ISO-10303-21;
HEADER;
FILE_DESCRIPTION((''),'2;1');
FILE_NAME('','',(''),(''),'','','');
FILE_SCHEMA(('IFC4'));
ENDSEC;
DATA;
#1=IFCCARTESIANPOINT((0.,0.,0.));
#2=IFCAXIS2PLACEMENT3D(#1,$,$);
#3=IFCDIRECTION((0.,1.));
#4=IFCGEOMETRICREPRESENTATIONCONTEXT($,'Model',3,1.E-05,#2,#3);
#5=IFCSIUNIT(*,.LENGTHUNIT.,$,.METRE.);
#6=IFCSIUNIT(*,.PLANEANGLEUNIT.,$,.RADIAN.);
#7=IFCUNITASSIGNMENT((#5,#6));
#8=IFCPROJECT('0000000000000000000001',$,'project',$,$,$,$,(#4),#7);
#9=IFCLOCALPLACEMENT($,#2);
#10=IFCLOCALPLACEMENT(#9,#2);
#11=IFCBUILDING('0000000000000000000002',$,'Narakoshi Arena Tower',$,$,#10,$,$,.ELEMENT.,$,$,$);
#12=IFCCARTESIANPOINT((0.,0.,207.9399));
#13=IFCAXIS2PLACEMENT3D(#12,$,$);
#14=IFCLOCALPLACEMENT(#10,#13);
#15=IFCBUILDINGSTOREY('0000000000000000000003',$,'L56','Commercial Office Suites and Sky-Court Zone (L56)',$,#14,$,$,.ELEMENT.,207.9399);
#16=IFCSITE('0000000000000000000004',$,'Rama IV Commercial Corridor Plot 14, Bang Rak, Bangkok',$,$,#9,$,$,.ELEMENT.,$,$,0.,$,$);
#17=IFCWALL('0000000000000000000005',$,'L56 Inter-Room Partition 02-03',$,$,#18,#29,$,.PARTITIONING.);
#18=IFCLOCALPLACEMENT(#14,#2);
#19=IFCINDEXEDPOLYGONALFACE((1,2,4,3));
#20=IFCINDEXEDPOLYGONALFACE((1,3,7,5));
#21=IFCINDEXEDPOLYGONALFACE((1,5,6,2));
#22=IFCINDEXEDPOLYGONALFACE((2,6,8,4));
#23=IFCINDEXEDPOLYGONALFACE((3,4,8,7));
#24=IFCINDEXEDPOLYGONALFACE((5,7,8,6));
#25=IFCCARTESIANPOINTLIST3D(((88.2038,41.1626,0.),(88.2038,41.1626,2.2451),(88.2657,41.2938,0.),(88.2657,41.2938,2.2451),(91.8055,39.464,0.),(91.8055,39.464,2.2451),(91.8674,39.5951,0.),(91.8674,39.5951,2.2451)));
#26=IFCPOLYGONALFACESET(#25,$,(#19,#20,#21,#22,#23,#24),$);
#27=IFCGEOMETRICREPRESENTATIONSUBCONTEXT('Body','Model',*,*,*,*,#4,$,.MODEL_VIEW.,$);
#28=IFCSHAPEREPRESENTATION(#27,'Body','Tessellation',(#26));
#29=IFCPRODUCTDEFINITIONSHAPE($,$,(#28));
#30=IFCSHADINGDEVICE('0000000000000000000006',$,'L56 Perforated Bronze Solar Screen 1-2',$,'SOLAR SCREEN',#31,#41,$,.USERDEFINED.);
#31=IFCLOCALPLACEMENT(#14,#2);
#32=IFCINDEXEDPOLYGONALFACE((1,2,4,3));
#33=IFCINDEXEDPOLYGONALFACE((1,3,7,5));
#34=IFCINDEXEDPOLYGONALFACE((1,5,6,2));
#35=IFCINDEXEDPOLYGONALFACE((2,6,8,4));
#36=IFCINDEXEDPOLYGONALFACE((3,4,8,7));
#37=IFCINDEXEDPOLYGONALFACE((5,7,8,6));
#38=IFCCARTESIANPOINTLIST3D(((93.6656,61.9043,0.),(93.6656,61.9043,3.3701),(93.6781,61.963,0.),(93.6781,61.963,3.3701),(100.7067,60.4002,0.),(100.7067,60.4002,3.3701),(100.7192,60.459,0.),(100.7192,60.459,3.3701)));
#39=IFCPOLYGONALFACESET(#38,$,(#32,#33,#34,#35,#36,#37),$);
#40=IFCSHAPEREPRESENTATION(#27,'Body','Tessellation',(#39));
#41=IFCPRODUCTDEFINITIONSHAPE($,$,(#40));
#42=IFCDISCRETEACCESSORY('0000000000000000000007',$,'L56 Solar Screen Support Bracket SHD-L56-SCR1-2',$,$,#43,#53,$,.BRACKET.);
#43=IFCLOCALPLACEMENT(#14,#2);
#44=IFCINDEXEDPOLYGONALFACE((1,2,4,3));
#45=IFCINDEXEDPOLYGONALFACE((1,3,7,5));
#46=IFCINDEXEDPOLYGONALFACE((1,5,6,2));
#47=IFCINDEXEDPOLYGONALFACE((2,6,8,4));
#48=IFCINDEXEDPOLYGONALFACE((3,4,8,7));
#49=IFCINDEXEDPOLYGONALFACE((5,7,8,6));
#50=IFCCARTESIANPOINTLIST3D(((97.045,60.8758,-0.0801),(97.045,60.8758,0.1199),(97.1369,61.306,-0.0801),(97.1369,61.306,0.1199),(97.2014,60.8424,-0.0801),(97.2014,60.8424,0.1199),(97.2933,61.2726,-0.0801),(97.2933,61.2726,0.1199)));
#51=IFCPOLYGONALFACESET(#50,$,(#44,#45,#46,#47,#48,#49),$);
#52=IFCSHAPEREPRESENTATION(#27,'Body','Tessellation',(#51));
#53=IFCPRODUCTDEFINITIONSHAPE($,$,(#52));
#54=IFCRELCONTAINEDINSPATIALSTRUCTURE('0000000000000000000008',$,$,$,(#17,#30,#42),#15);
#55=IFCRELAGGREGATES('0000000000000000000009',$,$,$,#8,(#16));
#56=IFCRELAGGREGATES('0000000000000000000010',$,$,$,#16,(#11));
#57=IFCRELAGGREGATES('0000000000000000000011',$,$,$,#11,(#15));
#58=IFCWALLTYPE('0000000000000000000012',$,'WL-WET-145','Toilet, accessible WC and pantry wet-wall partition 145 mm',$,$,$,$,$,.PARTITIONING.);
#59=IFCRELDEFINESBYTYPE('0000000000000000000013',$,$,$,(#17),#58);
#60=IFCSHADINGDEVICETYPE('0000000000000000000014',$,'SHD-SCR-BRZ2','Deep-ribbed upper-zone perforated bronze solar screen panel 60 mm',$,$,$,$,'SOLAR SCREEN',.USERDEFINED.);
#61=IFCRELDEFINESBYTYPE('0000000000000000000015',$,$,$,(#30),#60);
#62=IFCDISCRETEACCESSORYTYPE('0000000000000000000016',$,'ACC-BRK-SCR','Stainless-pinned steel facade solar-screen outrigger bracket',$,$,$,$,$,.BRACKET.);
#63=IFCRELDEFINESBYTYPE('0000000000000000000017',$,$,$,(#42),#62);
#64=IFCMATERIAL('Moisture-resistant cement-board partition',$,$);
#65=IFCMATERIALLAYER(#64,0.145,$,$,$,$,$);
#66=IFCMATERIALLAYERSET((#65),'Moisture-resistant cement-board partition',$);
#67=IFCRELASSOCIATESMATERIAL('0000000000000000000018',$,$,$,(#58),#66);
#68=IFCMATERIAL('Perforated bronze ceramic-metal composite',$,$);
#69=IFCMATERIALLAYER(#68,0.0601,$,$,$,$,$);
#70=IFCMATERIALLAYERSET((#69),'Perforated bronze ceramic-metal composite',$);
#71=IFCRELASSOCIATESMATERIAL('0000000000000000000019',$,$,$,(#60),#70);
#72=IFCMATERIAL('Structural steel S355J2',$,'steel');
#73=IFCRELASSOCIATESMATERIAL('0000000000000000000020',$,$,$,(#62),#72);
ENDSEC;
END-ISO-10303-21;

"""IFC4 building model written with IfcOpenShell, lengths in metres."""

from ifc_helpers import new_model, si_unit, direction, frame, frame_2d, origin, origin_2d, place, context, subcontext, project, spatial, rectangle, extrude, material, layer, layer_set, type_object, element, save


model = new_model("IFC4")

# Units and contexts
model_context = context("Model", 3, precision=1e-05, world=origin(), true_north=direction((0.0, 1.0)))
body_context = subcontext(model_context, "Body", "Model", "MODEL_VIEW")
ifc_project = project(units=[si_unit("LENGTHUNIT", "METRE"), si_unit("PLANEANGLEUNIT", "RADIAN")], contexts=[model_context])

# Site, building, storey
site_placement = place(None, origin())
site = spatial("IfcSite", under=ifc_project, at=site_placement, Name="Rama IV Commercial Corridor Plot 14, Bang Rak, Bangkok", CompositionType="ELEMENT", RefElevation=0.0)
building_placement = place(site_placement, origin())
building = spatial("IfcBuilding", under=site, at=building_placement, Name="Narakoshi Arena Tower", CompositionType="ELEMENT")
storey_placement = place(building_placement, frame((0.0, 0.0, 207.9399)))
storey = spatial("IfcBuildingStorey", under=building, at=storey_placement, Name="L56", Description="Commercial Office Suites and Sky-Court Zone (L56)", CompositionType="ELEMENT", Elevation=207.9399)

# Shared definitions
ifc_material_1 = material(Name="Structural steel S355J2", Category="steel")

# Wall
ifc_material_2 = material(Name="Moisture-resistant cement-board partition")
ifc_layer_1 = layer(ifc_material_2, 0.145)
ifc_layer_set_1 = layer_set([ifc_layer_1], Name="Moisture-resistant cement-board partition")
wall_type_1 = type_object("IfcWallType", Name="WL-WET-145", Description="Toilet, accessible WC and pantry wet-wall partition 145 mm", PredefinedType="PARTITIONING", material=ifc_layer_set_1)
wall_1_placement = place(storey_placement, frame((88.2346, 41.2283, 0.0), z_axis=(0.0, 0.0, 1.0), x_axis=(0.904454, -0.42657, 0.0)))
element("IfcWall", 1, at=wall_1_placement, inside=storey, type_object=wall_type_1, Name="L56 Inter-Room Partition 02-03", PredefinedType="PARTITIONING", context=body_context, shape_type="SweptSolid", body=[
    extrude(rectangle(XDim=3.9822, YDim=0.145, at=frame_2d((1.9912, 0.0))), origin(), (0.0, 0.0, 1.0), 2.2451),
])

# Shading device
ifc_material_3 = material(Name="Perforated bronze ceramic-metal composite")
ifc_layer_2 = layer(ifc_material_3, 0.0601)
ifc_layer_set_2 = layer_set([ifc_layer_2], Name="Perforated bronze ceramic-metal composite")
shading_device_type = type_object("IfcShadingDeviceType", Name="SHD-SCR-BRZ2", Description="Deep-ribbed upper-zone perforated bronze solar screen panel 60 mm", ElementType="SOLAR SCREEN", PredefinedType="USERDEFINED", material=ifc_layer_set_2)
shading_device_placement = place(storey_placement, frame((97.1924, 61.1816, 0.0), z_axis=(0.0, 0.0, 1.0), x_axis=(-0.977937, 0.208902, 0.0)))
element("IfcShadingDevice", 2, at=shading_device_placement, inside=storey, type_object=shading_device_type, Name="L56 Perforated Bronze Solar Screen 1-2", ObjectType="SOLAR SCREEN", PredefinedType="USERDEFINED", context=body_context, shape_type="SweptSolid", body=[
    extrude(rectangle(XDim=7.2, YDim=0.0601, at=origin_2d()), origin(), (0.0, 0.0, 1.0), 3.3701),
])

# Discrete accessory
discrete_accessory_type = type_object("IfcDiscreteAccessoryType", Name="ACC-BRK-SCR", Description="Stainless-pinned steel facade solar-screen outrigger bracket", PredefinedType="BRACKET", material=ifc_material_1)
discrete_accessory_placement = place(storey_placement, frame((97.1692, 61.0742, -0.0801), z_axis=(0.0, 0.0, 1.0), x_axis=(-0.977937, 0.208902, 0.0)))
element("IfcDiscreteAccessory", 3, at=discrete_accessory_placement, inside=storey, type_object=discrete_accessory_type, Name="L56 Solar Screen Support Bracket SHD-L56-SCR1-2", PredefinedType="BRACKET", context=body_context, shape_type="SweptSolid", body=[
    extrude(rectangle(XDim=0.1599, YDim=0.4399, at=origin_2d()), origin(), (0.0, 0.0, 1.0), 0.2),
])

save(model, "model.ifc")
